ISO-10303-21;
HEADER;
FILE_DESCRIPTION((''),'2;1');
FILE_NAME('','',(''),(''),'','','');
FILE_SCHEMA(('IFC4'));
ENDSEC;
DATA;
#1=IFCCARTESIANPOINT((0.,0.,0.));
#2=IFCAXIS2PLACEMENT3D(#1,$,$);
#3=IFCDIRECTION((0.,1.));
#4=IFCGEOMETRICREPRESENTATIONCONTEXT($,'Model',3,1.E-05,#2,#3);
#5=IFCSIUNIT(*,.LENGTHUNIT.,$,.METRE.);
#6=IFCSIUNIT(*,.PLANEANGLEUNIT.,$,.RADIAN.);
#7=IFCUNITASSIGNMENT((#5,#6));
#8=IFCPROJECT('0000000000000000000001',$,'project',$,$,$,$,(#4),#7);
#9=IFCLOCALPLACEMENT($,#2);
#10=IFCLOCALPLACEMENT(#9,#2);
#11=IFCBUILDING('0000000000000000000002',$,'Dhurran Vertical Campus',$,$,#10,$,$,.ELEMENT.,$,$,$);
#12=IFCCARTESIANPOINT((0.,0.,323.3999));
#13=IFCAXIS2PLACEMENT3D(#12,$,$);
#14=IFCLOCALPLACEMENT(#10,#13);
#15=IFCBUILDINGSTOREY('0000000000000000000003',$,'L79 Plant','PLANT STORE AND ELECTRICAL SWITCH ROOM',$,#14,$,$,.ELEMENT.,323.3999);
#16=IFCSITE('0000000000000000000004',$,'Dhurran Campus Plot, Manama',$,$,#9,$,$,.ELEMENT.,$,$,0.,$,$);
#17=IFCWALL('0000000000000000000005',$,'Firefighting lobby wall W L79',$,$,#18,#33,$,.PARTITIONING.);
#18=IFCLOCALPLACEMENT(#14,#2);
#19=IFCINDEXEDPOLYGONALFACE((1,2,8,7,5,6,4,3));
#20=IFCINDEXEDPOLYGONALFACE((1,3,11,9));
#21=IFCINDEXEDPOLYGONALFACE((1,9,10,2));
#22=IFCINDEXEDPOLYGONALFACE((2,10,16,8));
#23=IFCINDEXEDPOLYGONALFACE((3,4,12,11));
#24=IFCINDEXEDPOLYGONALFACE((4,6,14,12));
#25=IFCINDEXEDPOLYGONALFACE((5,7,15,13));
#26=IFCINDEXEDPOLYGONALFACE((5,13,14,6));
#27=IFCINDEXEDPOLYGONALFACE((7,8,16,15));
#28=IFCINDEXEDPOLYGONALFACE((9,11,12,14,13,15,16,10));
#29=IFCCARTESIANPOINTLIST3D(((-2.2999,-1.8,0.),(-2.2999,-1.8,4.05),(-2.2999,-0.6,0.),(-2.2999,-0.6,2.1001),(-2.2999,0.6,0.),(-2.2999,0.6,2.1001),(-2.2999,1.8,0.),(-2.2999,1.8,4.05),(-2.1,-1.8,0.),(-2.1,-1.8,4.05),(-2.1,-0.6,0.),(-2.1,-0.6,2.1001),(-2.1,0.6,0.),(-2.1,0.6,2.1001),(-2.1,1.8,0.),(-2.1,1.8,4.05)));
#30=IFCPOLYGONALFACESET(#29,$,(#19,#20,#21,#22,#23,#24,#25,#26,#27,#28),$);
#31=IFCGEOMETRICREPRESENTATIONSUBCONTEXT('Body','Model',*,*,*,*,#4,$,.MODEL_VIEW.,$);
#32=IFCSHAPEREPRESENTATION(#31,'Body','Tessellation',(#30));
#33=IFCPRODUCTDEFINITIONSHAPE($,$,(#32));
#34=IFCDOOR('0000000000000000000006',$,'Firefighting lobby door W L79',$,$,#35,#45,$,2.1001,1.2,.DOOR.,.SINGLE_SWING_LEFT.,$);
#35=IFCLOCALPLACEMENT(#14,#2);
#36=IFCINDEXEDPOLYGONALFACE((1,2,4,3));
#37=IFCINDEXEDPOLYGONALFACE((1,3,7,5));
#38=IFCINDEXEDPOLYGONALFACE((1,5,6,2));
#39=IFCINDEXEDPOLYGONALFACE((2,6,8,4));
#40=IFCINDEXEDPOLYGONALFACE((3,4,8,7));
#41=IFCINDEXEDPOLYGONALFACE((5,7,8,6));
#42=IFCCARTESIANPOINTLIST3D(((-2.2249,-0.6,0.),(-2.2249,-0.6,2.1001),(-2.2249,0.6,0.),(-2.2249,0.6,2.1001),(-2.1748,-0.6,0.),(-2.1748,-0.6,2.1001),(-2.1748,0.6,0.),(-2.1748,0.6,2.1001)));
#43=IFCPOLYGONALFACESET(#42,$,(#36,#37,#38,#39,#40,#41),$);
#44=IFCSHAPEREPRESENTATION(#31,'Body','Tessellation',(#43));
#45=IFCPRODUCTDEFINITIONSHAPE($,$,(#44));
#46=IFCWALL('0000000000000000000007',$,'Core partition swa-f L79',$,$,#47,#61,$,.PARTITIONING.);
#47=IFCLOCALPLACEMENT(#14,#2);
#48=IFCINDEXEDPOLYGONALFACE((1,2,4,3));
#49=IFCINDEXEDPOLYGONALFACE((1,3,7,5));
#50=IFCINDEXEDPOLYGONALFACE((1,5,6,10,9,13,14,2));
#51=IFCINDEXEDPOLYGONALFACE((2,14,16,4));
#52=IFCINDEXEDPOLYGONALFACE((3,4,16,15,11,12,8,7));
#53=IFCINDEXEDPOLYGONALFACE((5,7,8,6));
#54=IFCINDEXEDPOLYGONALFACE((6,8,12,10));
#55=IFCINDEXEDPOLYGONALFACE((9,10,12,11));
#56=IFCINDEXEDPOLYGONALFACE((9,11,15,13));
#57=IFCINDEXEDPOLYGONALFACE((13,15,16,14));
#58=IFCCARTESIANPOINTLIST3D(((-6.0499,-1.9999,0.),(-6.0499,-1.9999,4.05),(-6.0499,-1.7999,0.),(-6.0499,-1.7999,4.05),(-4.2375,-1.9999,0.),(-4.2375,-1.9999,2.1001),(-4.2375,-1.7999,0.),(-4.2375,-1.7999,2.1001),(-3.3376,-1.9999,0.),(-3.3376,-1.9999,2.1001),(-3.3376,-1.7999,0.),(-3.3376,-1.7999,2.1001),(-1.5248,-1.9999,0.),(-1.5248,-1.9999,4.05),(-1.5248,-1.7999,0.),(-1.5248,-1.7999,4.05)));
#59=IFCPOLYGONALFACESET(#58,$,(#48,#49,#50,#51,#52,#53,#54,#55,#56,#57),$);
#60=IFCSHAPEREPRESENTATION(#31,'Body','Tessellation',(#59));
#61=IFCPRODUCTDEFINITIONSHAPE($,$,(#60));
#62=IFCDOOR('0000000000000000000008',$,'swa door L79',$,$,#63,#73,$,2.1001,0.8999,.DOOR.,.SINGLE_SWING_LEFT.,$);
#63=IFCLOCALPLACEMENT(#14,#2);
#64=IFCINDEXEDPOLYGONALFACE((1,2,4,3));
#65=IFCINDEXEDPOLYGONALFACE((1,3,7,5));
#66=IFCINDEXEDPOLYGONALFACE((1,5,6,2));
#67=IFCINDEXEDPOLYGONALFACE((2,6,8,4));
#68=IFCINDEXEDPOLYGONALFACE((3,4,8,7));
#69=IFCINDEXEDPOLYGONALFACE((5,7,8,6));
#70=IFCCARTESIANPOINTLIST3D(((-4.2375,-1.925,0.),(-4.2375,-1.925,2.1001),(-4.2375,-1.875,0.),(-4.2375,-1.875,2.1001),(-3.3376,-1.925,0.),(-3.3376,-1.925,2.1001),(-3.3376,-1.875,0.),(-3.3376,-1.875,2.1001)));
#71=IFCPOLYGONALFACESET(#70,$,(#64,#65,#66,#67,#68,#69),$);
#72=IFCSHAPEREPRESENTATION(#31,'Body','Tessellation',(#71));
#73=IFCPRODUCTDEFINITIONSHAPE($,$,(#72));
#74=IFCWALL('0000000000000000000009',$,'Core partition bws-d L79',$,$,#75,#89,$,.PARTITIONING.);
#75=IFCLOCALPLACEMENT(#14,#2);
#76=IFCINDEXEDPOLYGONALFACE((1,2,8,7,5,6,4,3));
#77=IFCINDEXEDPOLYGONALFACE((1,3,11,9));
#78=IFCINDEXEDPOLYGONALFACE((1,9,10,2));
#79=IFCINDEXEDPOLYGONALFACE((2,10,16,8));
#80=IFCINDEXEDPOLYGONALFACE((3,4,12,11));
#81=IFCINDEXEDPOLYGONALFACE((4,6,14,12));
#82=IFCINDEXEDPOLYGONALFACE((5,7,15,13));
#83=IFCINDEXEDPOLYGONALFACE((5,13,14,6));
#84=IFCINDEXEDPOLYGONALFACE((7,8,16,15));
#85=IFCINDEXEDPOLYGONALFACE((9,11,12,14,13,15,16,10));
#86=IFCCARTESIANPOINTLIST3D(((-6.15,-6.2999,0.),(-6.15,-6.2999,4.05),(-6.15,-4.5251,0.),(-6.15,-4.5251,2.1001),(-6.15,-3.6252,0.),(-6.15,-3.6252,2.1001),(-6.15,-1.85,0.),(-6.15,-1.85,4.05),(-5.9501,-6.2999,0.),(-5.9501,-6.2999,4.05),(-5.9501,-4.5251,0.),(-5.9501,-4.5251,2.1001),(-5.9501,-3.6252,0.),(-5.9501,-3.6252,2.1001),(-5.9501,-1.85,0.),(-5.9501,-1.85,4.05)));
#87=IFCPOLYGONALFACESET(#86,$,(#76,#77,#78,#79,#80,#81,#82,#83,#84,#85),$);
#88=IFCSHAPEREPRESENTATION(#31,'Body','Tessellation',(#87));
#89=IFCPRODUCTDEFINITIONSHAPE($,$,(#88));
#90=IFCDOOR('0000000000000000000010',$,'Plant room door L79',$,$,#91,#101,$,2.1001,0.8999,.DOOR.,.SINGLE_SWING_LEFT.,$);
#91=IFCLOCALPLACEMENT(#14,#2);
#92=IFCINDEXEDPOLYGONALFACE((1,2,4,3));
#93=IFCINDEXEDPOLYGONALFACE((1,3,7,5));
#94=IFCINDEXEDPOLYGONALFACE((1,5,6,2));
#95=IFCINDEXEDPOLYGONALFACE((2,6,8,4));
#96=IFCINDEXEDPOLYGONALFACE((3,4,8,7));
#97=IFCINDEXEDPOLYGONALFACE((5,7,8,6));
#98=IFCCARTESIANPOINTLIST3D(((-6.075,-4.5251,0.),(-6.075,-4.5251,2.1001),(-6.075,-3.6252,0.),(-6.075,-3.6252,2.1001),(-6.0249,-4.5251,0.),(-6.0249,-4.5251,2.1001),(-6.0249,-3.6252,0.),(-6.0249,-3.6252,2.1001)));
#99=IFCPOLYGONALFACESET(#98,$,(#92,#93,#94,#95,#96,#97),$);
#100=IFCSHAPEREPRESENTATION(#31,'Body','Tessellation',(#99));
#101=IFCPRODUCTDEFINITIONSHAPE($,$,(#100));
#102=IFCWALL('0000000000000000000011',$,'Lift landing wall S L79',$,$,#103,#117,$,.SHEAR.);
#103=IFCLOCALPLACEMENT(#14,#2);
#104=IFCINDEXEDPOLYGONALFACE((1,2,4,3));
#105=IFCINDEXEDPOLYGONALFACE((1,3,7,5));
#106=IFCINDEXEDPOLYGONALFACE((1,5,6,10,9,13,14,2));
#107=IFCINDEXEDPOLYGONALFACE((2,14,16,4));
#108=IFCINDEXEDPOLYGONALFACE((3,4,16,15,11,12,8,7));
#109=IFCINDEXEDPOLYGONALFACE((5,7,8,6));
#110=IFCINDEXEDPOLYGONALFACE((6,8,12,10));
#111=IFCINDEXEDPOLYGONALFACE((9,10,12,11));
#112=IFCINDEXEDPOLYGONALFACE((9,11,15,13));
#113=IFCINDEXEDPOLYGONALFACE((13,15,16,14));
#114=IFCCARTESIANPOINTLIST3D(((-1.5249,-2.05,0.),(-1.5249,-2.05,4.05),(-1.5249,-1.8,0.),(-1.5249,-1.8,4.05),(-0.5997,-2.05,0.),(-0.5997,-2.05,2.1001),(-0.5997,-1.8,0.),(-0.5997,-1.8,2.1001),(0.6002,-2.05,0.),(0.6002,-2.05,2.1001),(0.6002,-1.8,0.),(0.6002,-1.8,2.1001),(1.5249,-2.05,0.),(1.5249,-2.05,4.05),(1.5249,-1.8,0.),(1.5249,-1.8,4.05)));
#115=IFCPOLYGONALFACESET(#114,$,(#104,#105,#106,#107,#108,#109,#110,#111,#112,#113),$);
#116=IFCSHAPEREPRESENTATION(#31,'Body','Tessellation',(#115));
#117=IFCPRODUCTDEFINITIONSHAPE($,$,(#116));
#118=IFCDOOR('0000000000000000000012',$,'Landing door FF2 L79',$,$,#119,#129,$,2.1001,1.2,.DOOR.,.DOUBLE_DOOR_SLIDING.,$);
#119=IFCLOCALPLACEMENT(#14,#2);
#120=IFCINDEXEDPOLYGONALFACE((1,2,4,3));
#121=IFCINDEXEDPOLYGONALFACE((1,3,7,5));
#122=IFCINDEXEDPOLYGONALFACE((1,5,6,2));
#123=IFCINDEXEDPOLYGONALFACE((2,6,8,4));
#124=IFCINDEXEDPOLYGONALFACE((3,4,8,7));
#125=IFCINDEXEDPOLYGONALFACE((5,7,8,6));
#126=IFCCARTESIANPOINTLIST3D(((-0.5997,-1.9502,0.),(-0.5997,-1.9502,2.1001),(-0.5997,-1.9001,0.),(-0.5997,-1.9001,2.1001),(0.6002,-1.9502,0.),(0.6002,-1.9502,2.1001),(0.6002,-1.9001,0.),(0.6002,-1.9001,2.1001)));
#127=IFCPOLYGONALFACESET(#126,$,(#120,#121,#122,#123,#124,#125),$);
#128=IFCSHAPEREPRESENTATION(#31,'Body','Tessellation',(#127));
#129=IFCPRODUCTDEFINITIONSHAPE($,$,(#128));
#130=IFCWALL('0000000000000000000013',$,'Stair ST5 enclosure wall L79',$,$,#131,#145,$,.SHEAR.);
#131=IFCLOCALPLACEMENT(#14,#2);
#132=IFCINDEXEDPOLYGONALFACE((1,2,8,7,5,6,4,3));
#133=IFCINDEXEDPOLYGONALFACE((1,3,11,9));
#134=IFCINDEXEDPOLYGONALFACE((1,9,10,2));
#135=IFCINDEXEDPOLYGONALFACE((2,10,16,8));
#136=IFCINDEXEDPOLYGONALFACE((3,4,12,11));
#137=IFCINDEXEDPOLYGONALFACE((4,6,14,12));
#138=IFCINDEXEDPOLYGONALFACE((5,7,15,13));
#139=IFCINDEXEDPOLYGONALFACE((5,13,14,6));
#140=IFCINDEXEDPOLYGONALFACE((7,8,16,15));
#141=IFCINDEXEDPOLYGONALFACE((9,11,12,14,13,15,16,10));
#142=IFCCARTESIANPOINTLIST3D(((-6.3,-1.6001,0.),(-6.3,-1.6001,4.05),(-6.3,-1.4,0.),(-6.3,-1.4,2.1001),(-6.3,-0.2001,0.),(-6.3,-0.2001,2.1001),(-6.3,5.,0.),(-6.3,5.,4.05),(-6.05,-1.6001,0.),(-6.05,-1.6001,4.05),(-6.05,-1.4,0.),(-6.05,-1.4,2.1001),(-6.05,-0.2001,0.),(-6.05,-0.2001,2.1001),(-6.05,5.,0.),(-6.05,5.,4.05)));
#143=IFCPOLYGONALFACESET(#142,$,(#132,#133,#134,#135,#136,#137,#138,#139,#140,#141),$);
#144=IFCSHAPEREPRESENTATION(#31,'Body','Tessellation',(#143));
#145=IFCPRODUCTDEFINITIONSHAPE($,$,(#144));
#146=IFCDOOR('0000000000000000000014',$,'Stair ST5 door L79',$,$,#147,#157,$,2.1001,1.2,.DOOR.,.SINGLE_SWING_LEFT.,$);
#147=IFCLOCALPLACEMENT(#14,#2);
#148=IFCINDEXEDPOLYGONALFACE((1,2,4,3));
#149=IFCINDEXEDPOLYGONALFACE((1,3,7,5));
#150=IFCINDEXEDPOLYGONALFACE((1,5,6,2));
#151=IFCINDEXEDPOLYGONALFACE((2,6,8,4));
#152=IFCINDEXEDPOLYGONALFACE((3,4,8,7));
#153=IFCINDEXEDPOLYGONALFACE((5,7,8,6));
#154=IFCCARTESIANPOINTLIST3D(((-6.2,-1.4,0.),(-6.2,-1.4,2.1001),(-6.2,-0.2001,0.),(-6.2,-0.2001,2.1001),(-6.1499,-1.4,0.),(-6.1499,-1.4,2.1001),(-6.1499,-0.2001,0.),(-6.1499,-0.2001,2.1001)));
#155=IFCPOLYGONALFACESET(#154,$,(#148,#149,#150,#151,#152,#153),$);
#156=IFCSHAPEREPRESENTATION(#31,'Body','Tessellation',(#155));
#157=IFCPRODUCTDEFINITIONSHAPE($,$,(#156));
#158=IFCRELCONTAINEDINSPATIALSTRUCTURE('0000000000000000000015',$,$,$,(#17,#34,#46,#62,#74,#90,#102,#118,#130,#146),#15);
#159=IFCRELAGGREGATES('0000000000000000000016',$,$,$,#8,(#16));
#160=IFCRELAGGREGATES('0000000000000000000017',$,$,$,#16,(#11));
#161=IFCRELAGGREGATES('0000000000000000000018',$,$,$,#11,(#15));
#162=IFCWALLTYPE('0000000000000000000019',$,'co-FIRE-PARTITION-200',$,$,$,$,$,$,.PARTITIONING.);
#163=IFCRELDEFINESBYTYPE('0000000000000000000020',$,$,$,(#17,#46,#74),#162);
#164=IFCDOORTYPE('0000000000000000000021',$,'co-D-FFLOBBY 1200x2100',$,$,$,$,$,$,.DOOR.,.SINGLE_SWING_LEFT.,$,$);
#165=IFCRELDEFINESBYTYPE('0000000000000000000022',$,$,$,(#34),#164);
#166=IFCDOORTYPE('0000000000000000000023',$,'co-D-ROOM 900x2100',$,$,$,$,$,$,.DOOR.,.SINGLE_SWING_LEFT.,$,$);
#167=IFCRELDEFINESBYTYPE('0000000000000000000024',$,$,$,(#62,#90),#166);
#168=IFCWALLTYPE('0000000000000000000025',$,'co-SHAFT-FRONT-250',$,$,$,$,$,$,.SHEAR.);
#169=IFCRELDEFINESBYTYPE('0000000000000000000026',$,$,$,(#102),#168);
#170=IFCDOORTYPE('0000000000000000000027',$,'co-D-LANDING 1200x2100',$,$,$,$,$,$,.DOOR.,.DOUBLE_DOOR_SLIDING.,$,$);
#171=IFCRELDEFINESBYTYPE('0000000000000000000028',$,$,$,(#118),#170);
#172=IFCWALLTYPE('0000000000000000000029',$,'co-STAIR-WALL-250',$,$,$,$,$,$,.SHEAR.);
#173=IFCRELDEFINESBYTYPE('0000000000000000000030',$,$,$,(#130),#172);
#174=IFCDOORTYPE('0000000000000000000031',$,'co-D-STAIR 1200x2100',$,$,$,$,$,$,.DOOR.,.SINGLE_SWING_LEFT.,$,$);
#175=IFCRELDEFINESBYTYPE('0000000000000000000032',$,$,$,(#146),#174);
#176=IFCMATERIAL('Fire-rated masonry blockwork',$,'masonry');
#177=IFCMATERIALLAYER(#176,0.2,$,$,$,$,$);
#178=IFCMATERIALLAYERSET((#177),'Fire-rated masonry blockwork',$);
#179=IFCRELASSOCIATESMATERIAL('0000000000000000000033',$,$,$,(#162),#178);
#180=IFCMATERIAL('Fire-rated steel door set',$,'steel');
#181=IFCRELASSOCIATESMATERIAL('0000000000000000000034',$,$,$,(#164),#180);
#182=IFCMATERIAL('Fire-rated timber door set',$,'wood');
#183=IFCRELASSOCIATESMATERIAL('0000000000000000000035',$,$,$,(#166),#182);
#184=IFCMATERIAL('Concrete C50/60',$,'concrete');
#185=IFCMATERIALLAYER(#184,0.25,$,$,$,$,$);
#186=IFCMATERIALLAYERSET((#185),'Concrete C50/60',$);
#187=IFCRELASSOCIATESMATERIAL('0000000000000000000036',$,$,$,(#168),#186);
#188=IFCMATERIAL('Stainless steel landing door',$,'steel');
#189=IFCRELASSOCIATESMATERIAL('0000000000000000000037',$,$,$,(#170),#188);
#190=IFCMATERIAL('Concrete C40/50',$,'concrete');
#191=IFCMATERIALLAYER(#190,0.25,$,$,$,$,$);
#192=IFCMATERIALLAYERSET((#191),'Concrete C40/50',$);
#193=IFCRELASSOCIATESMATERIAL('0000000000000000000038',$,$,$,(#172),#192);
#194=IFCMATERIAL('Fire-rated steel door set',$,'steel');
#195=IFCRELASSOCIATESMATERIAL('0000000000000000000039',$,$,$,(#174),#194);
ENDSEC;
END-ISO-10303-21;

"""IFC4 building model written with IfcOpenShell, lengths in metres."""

from ifc_helpers import new_model, si_unit, direction, frame, frame_2d, origin, place, context, subcontext, project, spatial, rectangle, extrude, material, layer, layer_set, type_object, element, fill, save


model = new_model("IFC4")

# Units and contexts
model_context = context("Model", 3, precision=1e-05, world=origin(), true_north=direction((0.0, 1.0)))
body_context = subcontext(model_context, "Body", "Model", "MODEL_VIEW")
ifc_project = project(units=[si_unit("LENGTHUNIT", "METRE"), si_unit("PLANEANGLEUNIT", "RADIAN")], contexts=[model_context])

# Site, building, storey
site_placement = place(None, origin())
site = spatial("IfcSite", under=ifc_project, at=site_placement, Name="Dhurran Campus Plot, Manama", CompositionType="ELEMENT", RefElevation=0.0)
building_placement = place(site_placement, origin())
building = spatial("IfcBuilding", under=site, at=building_placement, Name="Dhurran Vertical Campus", CompositionType="ELEMENT")
storey_placement = place(building_placement, frame((0.0, 0.0, 323.3999)))
storey = spatial("IfcBuildingStorey", under=building, at=storey_placement, Name="L79 Plant", Description="PLANT STORE AND ELECTRICAL SWITCH ROOM", CompositionType="ELEMENT", Elevation=323.3999)

# Walls, openings, doors
ifc_material_1 = material(Name="Fire-rated masonry blockwork", Category="masonry")
ifc_layer_1 = layer(ifc_material_1, 0.2)
ifc_layer_set_1 = layer_set([ifc_layer_1], Name="Fire-rated masonry blockwork")
wall_type_1 = type_object("IfcWallType", Name="co-FIRE-PARTITION-200", PredefinedType="PARTITIONING", material=ifc_layer_set_1)
wall_1_placement = place(storey_placement, frame((-2.2, -1.8, 0.0), z_axis=(0.0, 0.0, 1.0), x_axis=(0.0, 1.0, 0.0)))
wall_1 = element("IfcWall", 1, at=wall_1_placement, inside=storey, type_object=wall_type_1, Name="Firefighting lobby wall W L79", PredefinedType="PARTITIONING", context=body_context, shape_type="SweptSolid", body=[
    extrude(rectangle(XDim=3.6001, YDim=0.2, at=frame_2d((1.8, 0.0))), origin(), (0.0, 0.0, 1.0), 4.05),
])
opening_1_placement = place(wall_1_placement, frame((1.2, 0.0, 0.0)))
opening_1 = element("IfcOpeningElement", 2, at=opening_1_placement, cuts=wall_1, PredefinedType="OPENING", context=body_context, shape_type="SweptSolid", body=[
    extrude(rectangle(XDim=1.2, YDim=2.1001, at=frame_2d((0.6001, 1.05))), frame((0.0, 0.1099, 0.0), z_axis=(0.0, -1.0, 0.0), x_axis=(1.0, 0.0, 0.0)), (0.0, 0.0, 1.0), 0.22),
])
ifc_material_2 = material(Name="Fire-rated steel door set", Category="steel")
door_type_1 = type_object("IfcDoorType", Name="co-D-FFLOBBY 1200x2100", OperationType="SINGLE_SWING_LEFT", PredefinedType="DOOR", material=ifc_material_2)
door_1_placement = place(opening_1_placement, origin())
door_1 = element("IfcDoor", 3, at=door_1_placement, inside=storey, type_object=door_type_1, Name="Firefighting lobby door W L79", OperationType="SINGLE_SWING_LEFT", OverallHeight=2.1001, OverallWidth=1.2, PredefinedType="DOOR", context=body_context, shape_type="SweptSolid", body=[
    extrude(rectangle(XDim=1.2, YDim=2.1001, at=frame_2d((0.6001, 1.05))), frame((0.0, 0.0249, 0.0), z_axis=(0.0, -1.0, 0.0), x_axis=(1.0, 0.0, 0.0)), (0.0, 0.0, 1.0), 0.05),
])
fill(opening_1, door_1)
wall_2_placement = place(storey_placement, frame((-6.05, -1.8999, 0.0), z_axis=(0.0, 0.0, 1.0), x_axis=(1.0, 0.0, 0.0)))
wall_2 = element("IfcWall", 4, at=wall_2_placement, inside=storey, type_object=wall_type_1, Name="Core partition swa-f L79", PredefinedType="PARTITIONING", context=body_context, shape_type="SweptSolid", body=[
    extrude(rectangle(XDim=4.5251, YDim=0.2, at=frame_2d((2.2627, 0.0))), origin(), (0.0, 0.0, 1.0), 4.05),
])
opening_2_placement = place(wall_2_placement, frame((1.8125, 0.0, 0.0)))
opening_2 = element("IfcOpeningElement", 5, at=opening_2_placement, cuts=wall_2, PredefinedType="OPENING", context=body_context, shape_type="SweptSolid", body=[
    extrude(rectangle(XDim=0.8999, YDim=2.1001, at=frame_2d((0.45, 1.05))), frame((0.0, 0.1099, 0.0), z_axis=(0.0, -1.0, 0.0), x_axis=(1.0, 0.0, 0.0)), (0.0, 0.0, 1.0), 0.22),
])
ifc_material_3 = material(Name="Fire-rated timber door set", Category="wood")
door_type_2 = type_object("IfcDoorType", Name="co-D-ROOM 900x2100", OperationType="SINGLE_SWING_LEFT", PredefinedType="DOOR", material=ifc_material_3)
door_2_placement = place(opening_2_placement, origin())
door_2 = element("IfcDoor", 6, at=door_2_placement, inside=storey, type_object=door_type_2, Name="swa door L79", OperationType="SINGLE_SWING_LEFT", OverallHeight=2.1001, OverallWidth=0.8999, PredefinedType="DOOR", context=body_context, shape_type="SweptSolid", body=[
    extrude(rectangle(XDim=0.8999, YDim=2.1001, at=frame_2d((0.45, 1.05))), frame((0.0, 0.0249, 0.0), z_axis=(0.0, -1.0, 0.0), x_axis=(1.0, 0.0, 0.0)), (0.0, 0.0, 1.0), 0.05),
])
fill(opening_2, door_2)
wall_3_placement = place(storey_placement, frame((-6.05, -6.3, 0.0), z_axis=(0.0, 0.0, 1.0), x_axis=(0.0, 1.0, 0.0)))
wall_3 = element("IfcWall", 7, at=wall_3_placement, inside=storey, type_object=wall_type_1, Name="Core partition bws-d L79", PredefinedType="PARTITIONING", context=body_context, shape_type="SweptSolid", body=[
    extrude(rectangle(XDim=4.45, YDim=0.2, at=frame_2d((2.2251, 0.0))), origin(), (0.0, 0.0, 1.0), 4.05),
])
opening_3_placement = place(wall_3_placement, frame((1.7749, 0.0, 0.0)))
opening_3 = element("IfcOpeningElement", 8, at=opening_3_placement, cuts=wall_3, PredefinedType="OPENING", context=body_context, shape_type="SweptSolid", body=[
    extrude(rectangle(XDim=0.8999, YDim=2.1001, at=frame_2d((0.45, 1.05))), frame((0.0, 0.1099, 0.0), z_axis=(0.0, -1.0, 0.0), x_axis=(1.0, 0.0, 0.0)), (0.0, 0.0, 1.0), 0.22),
])
door_3_placement = place(opening_3_placement, origin())
door_3 = element("IfcDoor", 9, at=door_3_placement, inside=storey, type_object=door_type_2, Name="Plant room door L79", OperationType="SINGLE_SWING_LEFT", OverallHeight=2.1001, OverallWidth=0.8999, PredefinedType="DOOR", context=body_context, shape_type="SweptSolid", body=[
    extrude(rectangle(XDim=0.8999, YDim=2.1001, at=frame_2d((0.45, 1.05))), frame((0.0, 0.0249, 0.0), z_axis=(0.0, -1.0, 0.0), x_axis=(1.0, 0.0, 0.0)), (0.0, 0.0, 1.0), 0.05),
])
fill(opening_3, door_3)
ifc_material_4 = material(Name="Concrete C50/60", Category="concrete")
ifc_layer_2 = layer(ifc_material_4, 0.25)
ifc_layer_set_2 = layer_set([ifc_layer_2], Name="Concrete C50/60")
wall_type_2 = type_object("IfcWallType", Name="co-SHAFT-FRONT-250", PredefinedType="SHEAR", material=ifc_layer_set_2)
wall_4_placement = place(storey_placement, frame((-1.5249, -1.925, 0.0), z_axis=(0.0, 0.0, 1.0), x_axis=(1.0, 0.0, 0.0)))
wall_4 = element("IfcWall", 10, at=wall_4_placement, inside=storey, type_object=wall_type_2, Name="Lift landing wall S L79", PredefinedType="SHEAR", context=body_context, shape_type="SweptSolid", body=[
    extrude(rectangle(XDim=3.0498, YDim=0.25, at=frame_2d((1.5249, 0.0))), origin(), (0.0, 0.0, 1.0), 4.05),
])
opening_4_placement = place(wall_4_placement, frame((0.925, 0.0, 0.0)))
opening_4 = element("IfcOpeningElement", 11, at=opening_4_placement, cuts=wall_4, PredefinedType="OPENING", context=body_context, shape_type="SweptSolid", body=[
    extrude(rectangle(XDim=1.2, YDim=2.1001, at=frame_2d((0.6001, 1.05))), frame((0.0, 0.135, 0.0), z_axis=(0.0, -1.0, 0.0), x_axis=(1.0, 0.0, 0.0)), (0.0, 0.0, 1.0), 0.27),
])
ifc_material_5 = material(Name="Stainless steel landing door", Category="steel")
door_type_3 = type_object("IfcDoorType", Name="co-D-LANDING 1200x2100", OperationType="DOUBLE_DOOR_SLIDING", PredefinedType="DOOR", material=ifc_material_5)
door_4_placement = place(opening_4_placement, origin())
door_4 = element("IfcDoor", 12, at=door_4_placement, inside=storey, type_object=door_type_3, Name="Landing door FF2 L79", OperationType="DOUBLE_DOOR_SLIDING", OverallHeight=2.1001, OverallWidth=1.2, PredefinedType="DOOR", context=body_context, shape_type="SweptSolid", body=[
    extrude(rectangle(XDim=1.2, YDim=2.1001, at=frame_2d((0.6001, 1.05))), frame((0.0, 0.0249, 0.0), z_axis=(0.0, -1.0, 0.0), x_axis=(1.0, 0.0, 0.0)), (0.0, 0.0, 1.0), 0.05),
])
fill(opening_4, door_4)
ifc_material_6 = material(Name="Concrete C40/50", Category="concrete")
ifc_layer_3 = layer(ifc_material_6, 0.25)
ifc_layer_set_3 = layer_set([ifc_layer_3], Name="Concrete C40/50")
wall_type_3 = type_object("IfcWallType", Name="co-STAIR-WALL-250", PredefinedType="SHEAR", material=ifc_layer_set_3)
wall_5_placement = place(storey_placement, frame((-6.175, -1.6001, 0.0), z_axis=(0.0, 0.0, 1.0), x_axis=(0.0, 1.0, 0.0)))
wall_5 = element("IfcWall", 13, at=wall_5_placement, inside=storey, type_object=wall_type_3, Name="Stair ST5 enclosure wall L79", PredefinedType="SHEAR", context=body_context, shape_type="SweptSolid", body=[
    extrude(rectangle(XDim=6.6001, YDim=0.25, at=frame_2d((3.3, 0.0))), origin(), (0.0, 0.0, 1.0), 4.05),
])
opening_5_placement = place(wall_5_placement, frame((0.2, 0.0, 0.0)))
opening_5 = element("IfcOpeningElement", 14, at=opening_5_placement, cuts=wall_5, PredefinedType="OPENING", context=body_context, shape_type="SweptSolid", body=[
    extrude(rectangle(XDim=1.2, YDim=2.1001, at=frame_2d((0.6001, 1.05))), frame((0.0, 0.135, 0.0), z_axis=(0.0, -1.0, 0.0), x_axis=(1.0, 0.0, 0.0)), (0.0, 0.0, 1.0), 0.27),
])
ifc_material_7 = material(Name="Fire-rated steel door set", Category="steel")
door_type_4 = type_object("IfcDoorType", Name="co-D-STAIR 1200x2100", OperationType="SINGLE_SWING_LEFT", PredefinedType="DOOR", material=ifc_material_7)
door_5_placement = place(opening_5_placement, origin())
door_5 = element("IfcDoor", 15, at=door_5_placement, inside=storey, type_object=door_type_4, Name="Stair ST5 door L79", OperationType="SINGLE_SWING_LEFT", OverallHeight=2.1001, OverallWidth=1.2, PredefinedType="DOOR", context=body_context, shape_type="SweptSolid", body=[
    extrude(rectangle(XDim=1.2, YDim=2.1001, at=frame_2d((0.6001, 1.05))), frame((0.0, 0.0249, 0.0), z_axis=(0.0, -1.0, 0.0), x_axis=(1.0, 0.0, 0.0)), (0.0, 0.0, 1.0), 0.05),
])
fill(opening_5, door_5)

save(model, "model.ifc")
